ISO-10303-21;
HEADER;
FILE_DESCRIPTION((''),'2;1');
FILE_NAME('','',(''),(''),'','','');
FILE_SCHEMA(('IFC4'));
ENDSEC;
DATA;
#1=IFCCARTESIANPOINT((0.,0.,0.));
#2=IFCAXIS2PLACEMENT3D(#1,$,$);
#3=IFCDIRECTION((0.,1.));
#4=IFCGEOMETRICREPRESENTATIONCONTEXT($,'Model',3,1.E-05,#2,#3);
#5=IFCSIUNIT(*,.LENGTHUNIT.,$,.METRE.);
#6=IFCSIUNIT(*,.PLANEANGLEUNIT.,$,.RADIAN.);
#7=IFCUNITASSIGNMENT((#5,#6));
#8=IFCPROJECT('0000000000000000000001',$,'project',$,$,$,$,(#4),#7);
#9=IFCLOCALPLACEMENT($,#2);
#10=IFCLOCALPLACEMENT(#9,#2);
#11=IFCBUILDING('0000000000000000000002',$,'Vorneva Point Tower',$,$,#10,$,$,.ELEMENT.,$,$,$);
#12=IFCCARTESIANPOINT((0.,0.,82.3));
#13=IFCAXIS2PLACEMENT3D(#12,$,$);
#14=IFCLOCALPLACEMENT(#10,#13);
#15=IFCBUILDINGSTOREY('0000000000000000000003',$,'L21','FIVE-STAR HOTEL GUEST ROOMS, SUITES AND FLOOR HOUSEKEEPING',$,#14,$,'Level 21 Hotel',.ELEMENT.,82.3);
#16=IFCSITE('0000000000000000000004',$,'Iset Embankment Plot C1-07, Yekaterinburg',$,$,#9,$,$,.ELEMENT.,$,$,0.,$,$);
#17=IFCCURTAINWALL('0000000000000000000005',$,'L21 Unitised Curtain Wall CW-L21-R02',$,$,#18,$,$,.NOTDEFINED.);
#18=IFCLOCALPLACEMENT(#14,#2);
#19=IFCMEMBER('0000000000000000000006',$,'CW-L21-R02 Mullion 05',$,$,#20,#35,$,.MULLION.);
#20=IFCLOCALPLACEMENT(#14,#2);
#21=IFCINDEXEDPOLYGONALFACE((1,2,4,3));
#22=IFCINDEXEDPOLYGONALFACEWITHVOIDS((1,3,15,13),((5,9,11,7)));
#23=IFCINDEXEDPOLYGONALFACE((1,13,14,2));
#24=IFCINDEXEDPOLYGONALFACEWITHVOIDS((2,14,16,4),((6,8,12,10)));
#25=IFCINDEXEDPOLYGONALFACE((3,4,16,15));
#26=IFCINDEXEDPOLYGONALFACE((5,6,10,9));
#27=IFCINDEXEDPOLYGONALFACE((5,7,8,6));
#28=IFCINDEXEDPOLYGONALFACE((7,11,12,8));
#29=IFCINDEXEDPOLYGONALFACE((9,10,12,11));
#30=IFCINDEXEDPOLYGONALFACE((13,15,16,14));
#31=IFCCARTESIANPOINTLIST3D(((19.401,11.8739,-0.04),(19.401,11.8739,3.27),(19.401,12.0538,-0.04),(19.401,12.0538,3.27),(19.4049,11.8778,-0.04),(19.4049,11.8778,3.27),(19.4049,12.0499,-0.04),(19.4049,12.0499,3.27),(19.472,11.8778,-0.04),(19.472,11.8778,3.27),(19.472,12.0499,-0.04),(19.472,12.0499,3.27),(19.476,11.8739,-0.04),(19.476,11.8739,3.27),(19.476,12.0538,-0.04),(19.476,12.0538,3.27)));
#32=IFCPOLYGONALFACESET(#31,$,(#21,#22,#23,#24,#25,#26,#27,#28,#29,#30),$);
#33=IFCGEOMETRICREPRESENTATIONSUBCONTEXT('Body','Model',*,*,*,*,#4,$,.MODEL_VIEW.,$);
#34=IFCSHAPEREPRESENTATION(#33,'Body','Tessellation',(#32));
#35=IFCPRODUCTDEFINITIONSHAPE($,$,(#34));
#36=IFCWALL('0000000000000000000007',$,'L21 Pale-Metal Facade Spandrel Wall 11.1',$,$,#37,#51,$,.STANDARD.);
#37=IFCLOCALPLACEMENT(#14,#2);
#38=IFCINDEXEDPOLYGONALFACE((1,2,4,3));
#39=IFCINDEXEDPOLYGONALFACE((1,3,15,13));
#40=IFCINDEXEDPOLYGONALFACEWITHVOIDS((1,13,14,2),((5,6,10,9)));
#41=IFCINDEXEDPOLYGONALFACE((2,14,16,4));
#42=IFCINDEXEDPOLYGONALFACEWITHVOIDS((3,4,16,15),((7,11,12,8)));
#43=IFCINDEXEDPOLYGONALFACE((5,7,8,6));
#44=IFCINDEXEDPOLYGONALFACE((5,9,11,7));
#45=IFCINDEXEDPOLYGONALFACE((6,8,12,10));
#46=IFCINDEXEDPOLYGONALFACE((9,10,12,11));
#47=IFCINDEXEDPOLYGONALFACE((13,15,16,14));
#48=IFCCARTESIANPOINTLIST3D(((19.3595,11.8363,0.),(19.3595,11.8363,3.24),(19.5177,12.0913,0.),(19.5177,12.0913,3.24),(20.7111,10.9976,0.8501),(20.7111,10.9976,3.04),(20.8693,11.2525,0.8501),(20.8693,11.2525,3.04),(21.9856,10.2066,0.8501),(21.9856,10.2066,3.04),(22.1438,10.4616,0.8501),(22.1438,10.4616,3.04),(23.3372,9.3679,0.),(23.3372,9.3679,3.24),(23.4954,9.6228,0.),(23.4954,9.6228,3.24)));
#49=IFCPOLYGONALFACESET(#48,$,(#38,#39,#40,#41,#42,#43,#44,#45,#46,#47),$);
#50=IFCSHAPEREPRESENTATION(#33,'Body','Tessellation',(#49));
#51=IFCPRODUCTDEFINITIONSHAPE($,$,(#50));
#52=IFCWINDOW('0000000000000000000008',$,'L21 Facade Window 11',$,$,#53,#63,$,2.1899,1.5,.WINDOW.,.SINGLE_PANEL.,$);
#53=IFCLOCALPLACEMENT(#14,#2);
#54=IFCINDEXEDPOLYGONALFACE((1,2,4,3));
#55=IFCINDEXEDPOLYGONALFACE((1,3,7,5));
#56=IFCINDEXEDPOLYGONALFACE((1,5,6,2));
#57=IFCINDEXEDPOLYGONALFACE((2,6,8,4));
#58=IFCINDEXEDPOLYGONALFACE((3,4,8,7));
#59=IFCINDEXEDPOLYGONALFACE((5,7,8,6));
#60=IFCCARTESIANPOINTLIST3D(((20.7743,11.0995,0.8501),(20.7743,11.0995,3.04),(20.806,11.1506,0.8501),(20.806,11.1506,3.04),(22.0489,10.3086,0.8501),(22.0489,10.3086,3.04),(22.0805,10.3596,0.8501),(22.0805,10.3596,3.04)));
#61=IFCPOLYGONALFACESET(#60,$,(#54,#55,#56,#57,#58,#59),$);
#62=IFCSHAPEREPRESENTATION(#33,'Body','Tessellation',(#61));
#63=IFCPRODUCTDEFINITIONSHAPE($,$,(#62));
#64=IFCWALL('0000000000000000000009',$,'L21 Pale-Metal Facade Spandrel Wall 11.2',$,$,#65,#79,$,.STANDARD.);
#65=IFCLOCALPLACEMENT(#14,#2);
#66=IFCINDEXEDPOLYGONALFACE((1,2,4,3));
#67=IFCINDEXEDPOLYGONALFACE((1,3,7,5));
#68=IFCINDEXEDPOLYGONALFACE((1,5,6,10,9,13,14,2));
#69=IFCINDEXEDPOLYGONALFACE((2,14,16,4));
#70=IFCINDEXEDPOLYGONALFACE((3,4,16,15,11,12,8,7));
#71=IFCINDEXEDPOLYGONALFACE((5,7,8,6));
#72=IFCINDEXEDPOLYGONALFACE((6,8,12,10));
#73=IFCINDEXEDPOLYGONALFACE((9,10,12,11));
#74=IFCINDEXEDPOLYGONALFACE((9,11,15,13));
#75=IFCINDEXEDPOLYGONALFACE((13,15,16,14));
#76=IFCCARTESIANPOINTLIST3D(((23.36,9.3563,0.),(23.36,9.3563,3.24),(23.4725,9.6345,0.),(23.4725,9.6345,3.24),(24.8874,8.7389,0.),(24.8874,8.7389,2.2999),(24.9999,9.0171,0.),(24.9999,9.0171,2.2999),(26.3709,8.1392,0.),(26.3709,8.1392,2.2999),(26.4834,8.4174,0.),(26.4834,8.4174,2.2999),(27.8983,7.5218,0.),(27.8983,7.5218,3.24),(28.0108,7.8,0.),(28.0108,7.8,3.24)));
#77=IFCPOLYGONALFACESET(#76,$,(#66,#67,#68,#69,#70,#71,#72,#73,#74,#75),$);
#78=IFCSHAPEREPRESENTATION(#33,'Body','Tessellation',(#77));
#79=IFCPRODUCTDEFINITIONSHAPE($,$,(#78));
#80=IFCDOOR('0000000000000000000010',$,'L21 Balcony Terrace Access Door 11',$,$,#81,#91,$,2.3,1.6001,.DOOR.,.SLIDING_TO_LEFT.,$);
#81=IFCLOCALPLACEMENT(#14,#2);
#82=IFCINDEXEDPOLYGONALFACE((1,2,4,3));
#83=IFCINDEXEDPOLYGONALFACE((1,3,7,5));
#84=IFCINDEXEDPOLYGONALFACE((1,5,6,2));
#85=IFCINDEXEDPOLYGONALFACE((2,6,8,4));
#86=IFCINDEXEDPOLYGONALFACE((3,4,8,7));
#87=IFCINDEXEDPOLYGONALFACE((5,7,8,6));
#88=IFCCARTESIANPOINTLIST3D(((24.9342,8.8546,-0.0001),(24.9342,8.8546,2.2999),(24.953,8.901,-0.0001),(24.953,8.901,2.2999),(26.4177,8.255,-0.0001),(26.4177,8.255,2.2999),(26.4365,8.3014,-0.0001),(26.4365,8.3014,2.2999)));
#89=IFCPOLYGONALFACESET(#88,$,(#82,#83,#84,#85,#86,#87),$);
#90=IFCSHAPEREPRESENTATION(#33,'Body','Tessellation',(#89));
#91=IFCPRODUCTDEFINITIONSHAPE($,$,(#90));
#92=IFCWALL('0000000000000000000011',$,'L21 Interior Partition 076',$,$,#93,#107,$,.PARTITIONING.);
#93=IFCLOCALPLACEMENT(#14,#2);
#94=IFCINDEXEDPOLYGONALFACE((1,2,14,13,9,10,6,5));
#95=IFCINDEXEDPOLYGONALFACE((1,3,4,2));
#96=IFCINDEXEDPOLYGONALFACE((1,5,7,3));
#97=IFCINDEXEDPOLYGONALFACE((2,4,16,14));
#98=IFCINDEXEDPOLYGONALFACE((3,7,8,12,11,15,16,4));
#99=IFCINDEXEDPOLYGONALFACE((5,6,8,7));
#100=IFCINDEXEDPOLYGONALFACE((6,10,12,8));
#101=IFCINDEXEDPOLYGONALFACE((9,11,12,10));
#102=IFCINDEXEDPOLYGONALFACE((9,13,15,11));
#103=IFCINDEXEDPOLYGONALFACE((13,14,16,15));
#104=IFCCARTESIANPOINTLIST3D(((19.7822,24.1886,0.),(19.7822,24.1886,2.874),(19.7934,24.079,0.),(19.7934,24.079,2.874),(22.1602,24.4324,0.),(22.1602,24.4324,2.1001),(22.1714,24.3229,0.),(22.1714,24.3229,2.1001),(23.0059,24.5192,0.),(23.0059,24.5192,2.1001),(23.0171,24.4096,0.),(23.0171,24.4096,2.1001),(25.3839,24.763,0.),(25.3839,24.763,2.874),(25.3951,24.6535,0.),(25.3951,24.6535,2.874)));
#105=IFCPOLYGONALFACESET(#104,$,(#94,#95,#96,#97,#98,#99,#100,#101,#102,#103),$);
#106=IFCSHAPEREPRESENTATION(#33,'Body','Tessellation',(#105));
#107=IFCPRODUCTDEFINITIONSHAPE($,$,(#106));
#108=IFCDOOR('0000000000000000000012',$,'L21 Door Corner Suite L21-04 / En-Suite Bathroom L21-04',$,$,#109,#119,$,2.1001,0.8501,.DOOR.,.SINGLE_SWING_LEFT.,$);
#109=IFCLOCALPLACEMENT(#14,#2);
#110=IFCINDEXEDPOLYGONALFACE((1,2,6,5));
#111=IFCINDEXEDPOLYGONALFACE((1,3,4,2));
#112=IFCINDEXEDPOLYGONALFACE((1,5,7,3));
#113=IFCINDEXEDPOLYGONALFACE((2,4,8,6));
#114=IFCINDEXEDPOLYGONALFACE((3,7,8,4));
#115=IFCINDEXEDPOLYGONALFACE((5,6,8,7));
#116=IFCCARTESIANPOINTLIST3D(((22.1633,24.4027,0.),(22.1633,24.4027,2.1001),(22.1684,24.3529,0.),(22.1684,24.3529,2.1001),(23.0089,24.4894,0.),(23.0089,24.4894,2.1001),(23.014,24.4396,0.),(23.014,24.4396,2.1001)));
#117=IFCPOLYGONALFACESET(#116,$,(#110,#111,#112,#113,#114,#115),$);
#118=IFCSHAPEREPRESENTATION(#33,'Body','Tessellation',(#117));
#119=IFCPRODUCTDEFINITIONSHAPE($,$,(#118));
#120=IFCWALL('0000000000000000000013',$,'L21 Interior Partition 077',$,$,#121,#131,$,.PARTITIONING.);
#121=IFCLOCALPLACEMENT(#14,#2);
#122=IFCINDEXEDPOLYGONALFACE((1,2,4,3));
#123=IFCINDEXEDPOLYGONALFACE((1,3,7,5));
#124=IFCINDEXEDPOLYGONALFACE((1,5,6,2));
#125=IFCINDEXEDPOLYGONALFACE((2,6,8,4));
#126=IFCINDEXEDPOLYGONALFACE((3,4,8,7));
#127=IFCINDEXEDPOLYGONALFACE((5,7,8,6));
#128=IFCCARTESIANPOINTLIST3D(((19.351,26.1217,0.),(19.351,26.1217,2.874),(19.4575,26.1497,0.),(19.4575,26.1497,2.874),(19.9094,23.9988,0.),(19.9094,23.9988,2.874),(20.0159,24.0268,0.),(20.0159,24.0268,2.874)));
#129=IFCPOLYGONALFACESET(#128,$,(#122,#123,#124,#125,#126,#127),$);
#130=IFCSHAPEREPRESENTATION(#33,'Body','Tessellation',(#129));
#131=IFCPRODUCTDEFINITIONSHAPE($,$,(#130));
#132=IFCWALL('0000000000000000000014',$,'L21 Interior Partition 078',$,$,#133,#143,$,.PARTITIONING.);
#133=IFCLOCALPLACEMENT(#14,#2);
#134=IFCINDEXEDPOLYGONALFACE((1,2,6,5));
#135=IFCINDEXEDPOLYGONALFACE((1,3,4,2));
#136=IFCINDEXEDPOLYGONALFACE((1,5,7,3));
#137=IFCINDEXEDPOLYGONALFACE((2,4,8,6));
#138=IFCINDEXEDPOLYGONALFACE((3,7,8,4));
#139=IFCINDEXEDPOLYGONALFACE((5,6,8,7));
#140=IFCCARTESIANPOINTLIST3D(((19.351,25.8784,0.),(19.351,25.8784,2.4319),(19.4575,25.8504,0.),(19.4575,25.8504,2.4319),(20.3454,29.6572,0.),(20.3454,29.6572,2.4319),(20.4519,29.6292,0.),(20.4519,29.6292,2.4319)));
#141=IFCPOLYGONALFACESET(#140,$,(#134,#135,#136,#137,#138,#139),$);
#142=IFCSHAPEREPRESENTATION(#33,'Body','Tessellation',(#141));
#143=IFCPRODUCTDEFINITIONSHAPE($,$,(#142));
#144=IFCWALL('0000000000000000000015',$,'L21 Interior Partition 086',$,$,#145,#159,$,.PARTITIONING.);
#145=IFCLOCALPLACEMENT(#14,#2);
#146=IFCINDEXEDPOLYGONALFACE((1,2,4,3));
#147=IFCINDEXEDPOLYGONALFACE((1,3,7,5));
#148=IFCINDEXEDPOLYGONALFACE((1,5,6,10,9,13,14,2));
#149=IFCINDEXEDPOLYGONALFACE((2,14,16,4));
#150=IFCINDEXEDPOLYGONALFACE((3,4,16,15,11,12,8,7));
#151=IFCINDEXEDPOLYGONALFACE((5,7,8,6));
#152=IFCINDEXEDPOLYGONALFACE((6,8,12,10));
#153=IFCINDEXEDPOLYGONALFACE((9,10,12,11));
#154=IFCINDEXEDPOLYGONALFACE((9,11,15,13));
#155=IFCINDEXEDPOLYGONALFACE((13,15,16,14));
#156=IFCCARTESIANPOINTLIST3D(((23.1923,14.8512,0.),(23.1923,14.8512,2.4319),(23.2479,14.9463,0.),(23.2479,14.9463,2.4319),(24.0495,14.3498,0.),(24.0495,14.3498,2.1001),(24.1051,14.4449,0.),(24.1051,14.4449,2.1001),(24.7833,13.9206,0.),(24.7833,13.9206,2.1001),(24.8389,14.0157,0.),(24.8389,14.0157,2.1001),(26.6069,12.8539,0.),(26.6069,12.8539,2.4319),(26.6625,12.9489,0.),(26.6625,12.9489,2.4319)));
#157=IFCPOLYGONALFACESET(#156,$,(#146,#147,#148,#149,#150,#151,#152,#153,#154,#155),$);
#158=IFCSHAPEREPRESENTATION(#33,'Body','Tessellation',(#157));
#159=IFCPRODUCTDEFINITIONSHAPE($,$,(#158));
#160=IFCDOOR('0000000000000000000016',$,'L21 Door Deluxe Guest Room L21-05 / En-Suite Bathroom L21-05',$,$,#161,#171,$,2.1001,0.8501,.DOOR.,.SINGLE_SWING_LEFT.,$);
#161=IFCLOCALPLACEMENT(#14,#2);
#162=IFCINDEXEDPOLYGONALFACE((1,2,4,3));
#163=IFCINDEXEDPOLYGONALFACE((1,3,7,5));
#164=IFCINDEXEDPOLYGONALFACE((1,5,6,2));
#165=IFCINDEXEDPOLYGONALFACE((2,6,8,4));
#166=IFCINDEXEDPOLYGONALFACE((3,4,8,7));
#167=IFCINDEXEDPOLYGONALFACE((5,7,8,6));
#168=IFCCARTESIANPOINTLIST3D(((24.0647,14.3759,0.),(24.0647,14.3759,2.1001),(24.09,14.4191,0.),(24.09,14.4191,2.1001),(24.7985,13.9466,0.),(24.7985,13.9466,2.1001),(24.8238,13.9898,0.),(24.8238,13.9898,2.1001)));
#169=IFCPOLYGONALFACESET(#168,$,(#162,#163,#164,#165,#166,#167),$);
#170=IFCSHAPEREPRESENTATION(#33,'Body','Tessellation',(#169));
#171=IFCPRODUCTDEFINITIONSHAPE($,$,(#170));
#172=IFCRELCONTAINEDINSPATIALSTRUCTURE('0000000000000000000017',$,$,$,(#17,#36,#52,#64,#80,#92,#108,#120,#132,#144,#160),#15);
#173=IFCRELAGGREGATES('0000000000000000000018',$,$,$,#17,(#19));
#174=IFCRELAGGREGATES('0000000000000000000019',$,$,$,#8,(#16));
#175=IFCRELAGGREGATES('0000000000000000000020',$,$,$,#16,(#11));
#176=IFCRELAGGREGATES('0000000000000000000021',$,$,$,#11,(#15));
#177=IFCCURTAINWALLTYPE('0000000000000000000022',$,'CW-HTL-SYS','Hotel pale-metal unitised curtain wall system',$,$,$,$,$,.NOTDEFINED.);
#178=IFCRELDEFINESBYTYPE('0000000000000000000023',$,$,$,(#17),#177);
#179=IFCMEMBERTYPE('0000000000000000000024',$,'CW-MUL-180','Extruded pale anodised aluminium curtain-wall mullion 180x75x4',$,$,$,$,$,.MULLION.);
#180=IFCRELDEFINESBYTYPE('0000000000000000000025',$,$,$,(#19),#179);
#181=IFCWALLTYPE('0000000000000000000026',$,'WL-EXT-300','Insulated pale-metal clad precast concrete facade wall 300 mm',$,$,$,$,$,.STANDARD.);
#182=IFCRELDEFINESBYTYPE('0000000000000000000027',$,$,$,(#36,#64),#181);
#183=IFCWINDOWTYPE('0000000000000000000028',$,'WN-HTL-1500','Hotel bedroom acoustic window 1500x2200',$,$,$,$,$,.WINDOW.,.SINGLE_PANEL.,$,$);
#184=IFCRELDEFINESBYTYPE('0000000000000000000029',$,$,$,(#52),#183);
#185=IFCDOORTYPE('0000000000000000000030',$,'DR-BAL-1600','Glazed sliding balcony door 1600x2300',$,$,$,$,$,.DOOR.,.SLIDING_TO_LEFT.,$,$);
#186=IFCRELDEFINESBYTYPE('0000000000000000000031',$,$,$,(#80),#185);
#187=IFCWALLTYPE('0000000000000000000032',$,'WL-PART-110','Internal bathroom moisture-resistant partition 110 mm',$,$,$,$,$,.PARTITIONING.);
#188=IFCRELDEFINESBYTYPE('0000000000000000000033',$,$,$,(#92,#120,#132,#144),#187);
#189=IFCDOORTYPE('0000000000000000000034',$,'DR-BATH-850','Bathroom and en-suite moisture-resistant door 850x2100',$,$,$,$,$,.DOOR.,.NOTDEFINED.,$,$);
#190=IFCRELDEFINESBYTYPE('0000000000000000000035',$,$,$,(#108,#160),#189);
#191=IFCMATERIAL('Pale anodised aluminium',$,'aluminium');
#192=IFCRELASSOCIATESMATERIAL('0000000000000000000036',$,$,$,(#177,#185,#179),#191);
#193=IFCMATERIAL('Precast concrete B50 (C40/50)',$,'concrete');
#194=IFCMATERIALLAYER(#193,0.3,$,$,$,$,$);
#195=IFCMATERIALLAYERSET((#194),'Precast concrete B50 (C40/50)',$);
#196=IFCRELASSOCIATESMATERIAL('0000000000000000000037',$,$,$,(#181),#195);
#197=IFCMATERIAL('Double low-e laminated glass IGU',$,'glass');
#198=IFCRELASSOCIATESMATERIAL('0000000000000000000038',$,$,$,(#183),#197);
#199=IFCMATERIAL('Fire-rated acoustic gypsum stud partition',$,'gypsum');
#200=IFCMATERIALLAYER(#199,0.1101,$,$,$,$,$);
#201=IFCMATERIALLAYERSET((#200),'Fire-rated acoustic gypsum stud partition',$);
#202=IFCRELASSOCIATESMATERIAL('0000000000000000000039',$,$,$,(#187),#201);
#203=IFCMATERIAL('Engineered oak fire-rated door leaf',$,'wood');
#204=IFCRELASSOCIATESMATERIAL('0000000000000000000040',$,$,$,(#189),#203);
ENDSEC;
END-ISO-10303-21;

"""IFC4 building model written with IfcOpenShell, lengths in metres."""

from ifc_helpers import new_model, si_unit, direction, frame, frame_2d, origin, origin_2d, place, context, subcontext, project, spatial, rectangle, hollow_rectangle, extrude, material, layer, layer_set, material_profile, profile_set, type_object, element, fill, aggregate, save


model = new_model("IFC4")

# Units and contexts
model_context = context("Model", 3, precision=1e-05, world=origin(), true_north=direction((0.0, 1.0)))
body_context = subcontext(model_context, "Body", "Model", "MODEL_VIEW")
ifc_project = project(units=[si_unit("LENGTHUNIT", "METRE"), si_unit("PLANEANGLEUNIT", "RADIAN")], contexts=[model_context])

# Site, building, storey
site_placement = place(None, origin())
site = spatial("IfcSite", under=ifc_project, at=site_placement, Name="Iset Embankment Plot C1-07, Yekaterinburg", CompositionType="ELEMENT", RefElevation=0.0)
building_placement = place(site_placement, origin())
building = spatial("IfcBuilding", under=site, at=building_placement, Name="Vorneva Point Tower", CompositionType="ELEMENT")
storey_placement = place(building_placement, frame((0.0, 0.0, 82.3)))
storey = spatial("IfcBuildingStorey", under=building, at=storey_placement, Name="L21", Description="FIVE-STAR HOTEL GUEST ROOMS, SUITES AND FLOOR HOUSEKEEPING", LongName="Level 21 Hotel", CompositionType="ELEMENT", Elevation=82.3)

# Curtain wall, member
ifc_material_1 = material(Name="Pale anodised aluminium", Category="aluminium")
curtain_wall_type = type_object("IfcCurtainWallType", Name="CW-HTL-SYS", Description="Hotel pale-metal unitised curtain wall system", PredefinedType="NOTDEFINED", material=ifc_material_1)
curtain_wall_placement = place(storey_placement, origin())
curtain_wall = element("IfcCurtainWall", 1, at=curtain_wall_placement, inside=storey, type_object=curtain_wall_type, Name="L21 Unitised Curtain Wall CW-L21-R02", PredefinedType="NOTDEFINED")
ifc_material_profile_1 = material_profile(ifc_material_1, hollow_rectangle(XDim=0.075, YDim=0.1799, WallThickness=0.0039, at=origin_2d()), Name="AL-MUL 180x75x4")
ifc_profile_set_1 = profile_set([ifc_material_profile_1], Name="Pale anodised aluminium")
member_type = type_object("IfcMemberType", Name="CW-MUL-180", Description="Extruded pale anodised aluminium curtain-wall mullion 180x75x4", PredefinedType="MULLION", material=ifc_profile_set_1)
member_placement = place(storey_placement, frame((19.4385, 11.9639, -0.04), z_axis=(0.0, 0.0, 1.0), x_axis=(1.0, 0.0, 0.0)))
member = element("IfcMember", 2, at=member_placement, type_object=member_type, Name="CW-L21-R02 Mullion 05", PredefinedType="MULLION", context=body_context, shape_type="SweptSolid", body=[
    extrude(hollow_rectangle(XDim=0.075, YDim=0.1799, WallThickness=0.0039, at=origin_2d()), origin(), (0.0, 0.0, 1.0), 3.3101),
])
aggregate(curtain_wall, [member])

# Wall, opening, window
ifc_material_2 = material(Name="Precast concrete B50 (C40/50)", Category="concrete")
ifc_layer_1 = layer(ifc_material_2, 0.3)
ifc_layer_set_1 = layer_set([ifc_layer_1], Name="Precast concrete B50 (C40/50)")
wall_type_1 = type_object("IfcWallType", Name="WL-EXT-300", Description="Insulated pale-metal clad precast concrete facade wall 300 mm", PredefinedType="STANDARD", material=ifc_layer_set_1)
wall_1_placement = place(storey_placement, frame((19.4385, 11.9639, 0.0), z_axis=(0.0, 0.0, 1.0), x_axis=(0.849684, -0.527291, 0.0)))
wall_1 = element("IfcWall", 3, at=wall_1_placement, inside=storey, type_object=wall_type_1, Name="L21 Pale-Metal Facade Spandrel Wall 11.1", PredefinedType="STANDARD", context=body_context, shape_type="SweptSolid", body=[
    extrude(rectangle(XDim=4.6814, YDim=0.3, at=frame_2d((2.3408, 0.0))), origin(), (0.0, 0.0, 1.0), 3.24),
])
opening_1_placement = place(wall_1_placement, frame((1.5908, 0.0, 0.8501)))
opening_1 = element("IfcOpeningElement", 4, at=opening_1_placement, cuts=wall_1, PredefinedType="OPENING", context=body_context, shape_type="SweptSolid", body=[
    extrude(rectangle(XDim=1.5, YDim=2.1899, at=frame_2d((0.75, 1.095))), frame((0.0, 0.165, 0.0), z_axis=(0.0, -1.0, 0.0), x_axis=(1.0, 0.0, 0.0)), (0.0, 0.0, 1.0), 0.3298),
])
ifc_material_3 = material(Name="Double low-e laminated glass IGU", Category="glass")
window_type = type_object("IfcWindowType", Name="WN-HTL-1500", Description="Hotel bedroom acoustic window 1500x2200", PartitioningType="SINGLE_PANEL", PredefinedType="WINDOW", material=ifc_material_3)
window_placement = place(opening_1_placement, origin())
window = element("IfcWindow", 5, at=window_placement, inside=storey, type_object=window_type, Name="L21 Facade Window 11", OverallHeight=2.1899, OverallWidth=1.5, PartitioningType="SINGLE_PANEL", PredefinedType="WINDOW", context=body_context, shape_type="SweptSolid", body=[
    extrude(rectangle(XDim=1.5, YDim=2.1899, at=frame_2d((0.75, 1.095))), frame((0.0, 0.03, 0.0), z_axis=(0.0, -1.0, 0.0), x_axis=(1.0, 0.0, 0.0)), (0.0, 0.0, 1.0), 0.0601),
])
fill(opening_1, window)

# Walls, openings, doors
wall_2_placement = place(storey_placement, frame((23.4163, 9.4954, 0.0), z_axis=(0.0, 0.0, 1.0), x_axis=(0.927122, -0.374759, 0.0)))
wall_2 = element("IfcWall", 6, at=wall_2_placement, inside=storey, type_object=wall_type_1, Name="L21 Pale-Metal Facade Spandrel Wall 11.2", PredefinedType="STANDARD", context=body_context, shape_type="SweptSolid", body=[
    extrude(rectangle(XDim=4.895, YDim=0.3, at=frame_2d((2.4475, 0.0))), origin(), (0.0, 0.0, 1.0), 3.24),
])
opening_2_placement = place(wall_2_placement, frame((1.6475, 0.0, 0.0)))
opening_2 = element("IfcOpeningElement", 7, at=opening_2_placement, cuts=wall_2, PredefinedType="OPENING", context=body_context, shape_type="SweptSolid", body=[
    extrude(rectangle(XDim=1.6001, YDim=2.3, at=frame_2d((0.8, 1.1499))), frame((0.0, 0.165, 0.0), z_axis=(0.0, -1.0, 0.0), x_axis=(1.0, 0.0, 0.0)), (0.0, 0.0, 1.0), 0.3298),
])
door_type_1 = type_object("IfcDoorType", Name="DR-BAL-1600", Description="Glazed sliding balcony door 1600x2300", OperationType="SLIDING_TO_LEFT", PredefinedType="DOOR", material=ifc_material_1)
door_1_placement = place(opening_2_placement, origin())
door_1 = element("IfcDoor", 8, at=door_1_placement, inside=storey, type_object=door_type_1, Name="L21 Balcony Terrace Access Door 11", OperationType="SLIDING_TO_LEFT", OverallHeight=2.3, OverallWidth=1.6001, PredefinedType="DOOR", context=body_context, shape_type="SweptSolid", body=[
    extrude(rectangle(XDim=1.6001, YDim=2.3, at=frame_2d((0.8, 1.1499))), frame((0.0, 0.0249, 0.0), z_axis=(0.0, -1.0, 0.0), x_axis=(1.0, 0.0, 0.0)), (0.0, 0.0, 1.0), 0.05),
])
fill(opening_2, door_1)
ifc_material_4 = material(Name="Fire-rated acoustic gypsum stud partition", Category="gypsum")
ifc_layer_2 = layer(ifc_material_4, 0.1101)
ifc_layer_set_2 = layer_set([ifc_layer_2], Name="Fire-rated acoustic gypsum stud partition")
wall_type_2 = type_object("IfcWallType", Name="WL-PART-110", Description="Internal bathroom moisture-resistant partition 110 mm", PredefinedType="PARTITIONING", material=ifc_layer_set_2)
wall_3_placement = place(storey_placement, frame((25.3894, 24.7083, 0.0), z_axis=(0.0, 0.0, 1.0), x_axis=(-0.994783, -0.102015, 0.0)))
wall_3 = element("IfcWall", 9, at=wall_3_placement, inside=storey, type_object=wall_type_2, Name="L21 Interior Partition 076", PredefinedType="PARTITIONING", context=body_context, shape_type="SweptSolid", body=[
    extrude(rectangle(XDim=5.6311, YDim=0.1101, at=frame_2d((2.8154, 0.0))), origin(), (0.0, 0.0, 1.0), 2.874),
])
opening_3_placement = place(wall_3_placement, frame((2.3904, 0.0, 0.0)))
opening_3 = element("IfcOpeningElement", 10, at=opening_3_placement, cuts=wall_3, PredefinedType="OPENING", context=body_context, shape_type="SweptSolid", body=[
    extrude(rectangle(XDim=0.8501, YDim=2.1001, at=frame_2d((0.425, 1.05))), frame((0.0, 0.0698, 0.0), z_axis=(0.0, -1.0, 0.0), x_axis=(1.0, 0.0, 0.0)), (0.0, 0.0, 1.0), 0.1399),
])
ifc_material_5 = material(Name="Engineered oak fire-rated door leaf", Category="wood")
door_type_2 = type_object("IfcDoorType", Name="DR-BATH-850", Description="Bathroom and en-suite moisture-resistant door 850x2100", OperationType="NOTDEFINED", PredefinedType="DOOR", material=ifc_material_5)
door_2_placement = place(opening_3_placement, origin())
door_2 = element("IfcDoor", 11, at=door_2_placement, inside=storey, type_object=door_type_2, Name="L21 Door Corner Suite L21-04 / En-Suite Bathroom L21-04", OperationType="SINGLE_SWING_LEFT", OverallHeight=2.1001, OverallWidth=0.8501, PredefinedType="DOOR", context=body_context, shape_type="SweptSolid", body=[
    extrude(rectangle(XDim=0.8501, YDim=2.1001, at=frame_2d((0.425, 1.05))), frame((0.0, 0.0249, 0.0), z_axis=(0.0, -1.0, 0.0), x_axis=(1.0, 0.0, 0.0)), (0.0, 0.0, 1.0), 0.05),
])
fill(opening_3, door_2)

# Walls
wall_4_placement = place(storey_placement, frame((19.9626, 24.0127, 0.0), z_axis=(0.0, 0.0, 1.0), x_axis=(-0.254373, 0.967106, 0.0)))
element("IfcWall", 12, at=wall_4_placement, inside=storey, type_object=wall_type_2, Name="L21 Interior Partition 077", PredefinedType="PARTITIONING", context=body_context, shape_type="SweptSolid", body=[
    extrude(rectangle(XDim=2.1951, YDim=0.1101, at=frame_2d((1.0977, 0.0))), origin(), (0.0, 0.0, 1.0), 2.874),
])
wall_5_placement = place(storey_placement, frame((19.4043, 25.8645, 0.0), z_axis=(0.0, 0.0, 1.0), x_axis=(0.254484, 0.967077, 0.0)))
element("IfcWall", 13, at=wall_5_placement, inside=storey, type_object=wall_type_2, Name="L21 Interior Partition 078", PredefinedType="PARTITIONING", context=body_context, shape_type="SweptSolid", body=[
    extrude(rectangle(XDim=3.9075, YDim=0.1101, at=frame_2d((1.9536, 0.0))), origin(), (0.0, 0.0, 1.0), 2.4319),
])

# Wall, opening, door
wall_6_placement = place(storey_placement, frame((26.6348, 12.9014, 0.0), z_axis=(0.0, 0.0, 1.0), x_axis=(-0.863174, 0.504907, 0.0)))
wall_6 = element("IfcWall", 14, at=wall_6_placement, inside=storey, type_object=wall_type_2, Name="L21 Interior Partition 086", PredefinedType="PARTITIONING", context=body_context, shape_type="SweptSolid", body=[
    extrude(rectangle(XDim=3.9558, YDim=0.1101, at=frame_2d((1.978, 0.0))), origin(), (0.0, 0.0, 1.0), 2.4319),
])
opening_4_placement = place(wall_6_placement, frame((2.1128, 0.0, 0.0)))
opening_4 = element("IfcOpeningElement", 15, at=opening_4_placement, cuts=wall_6, PredefinedType="OPENING", context=body_context, shape_type="SweptSolid", body=[
    extrude(rectangle(XDim=0.8501, YDim=2.1001, at=frame_2d((0.425, 1.05))), frame((0.0, 0.0698, 0.0), z_axis=(0.0, -1.0, 0.0), x_axis=(1.0, 0.0, 0.0)), (0.0, 0.0, 1.0), 0.1399),
])
door_3_placement = place(opening_4_placement, origin())
door_3 = element("IfcDoor", 16, at=door_3_placement, inside=storey, type_object=door_type_2, Name="L21 Door Deluxe Guest Room L21-05 / En-Suite Bathroom L21-05", OperationType="SINGLE_SWING_LEFT", OverallHeight=2.1001, OverallWidth=0.8501, PredefinedType="DOOR", context=body_context, shape_type="SweptSolid", body=[
    extrude(rectangle(XDim=0.8501, YDim=2.1001, at=frame_2d((0.425, 1.05))), frame((0.0, 0.0249, 0.0), z_axis=(0.0, -1.0, 0.0), x_axis=(1.0, 0.0, 0.0)), (0.0, 0.0, 1.0), 0.05),
])
fill(opening_4, door_3)

save(model, "model.ifc")
